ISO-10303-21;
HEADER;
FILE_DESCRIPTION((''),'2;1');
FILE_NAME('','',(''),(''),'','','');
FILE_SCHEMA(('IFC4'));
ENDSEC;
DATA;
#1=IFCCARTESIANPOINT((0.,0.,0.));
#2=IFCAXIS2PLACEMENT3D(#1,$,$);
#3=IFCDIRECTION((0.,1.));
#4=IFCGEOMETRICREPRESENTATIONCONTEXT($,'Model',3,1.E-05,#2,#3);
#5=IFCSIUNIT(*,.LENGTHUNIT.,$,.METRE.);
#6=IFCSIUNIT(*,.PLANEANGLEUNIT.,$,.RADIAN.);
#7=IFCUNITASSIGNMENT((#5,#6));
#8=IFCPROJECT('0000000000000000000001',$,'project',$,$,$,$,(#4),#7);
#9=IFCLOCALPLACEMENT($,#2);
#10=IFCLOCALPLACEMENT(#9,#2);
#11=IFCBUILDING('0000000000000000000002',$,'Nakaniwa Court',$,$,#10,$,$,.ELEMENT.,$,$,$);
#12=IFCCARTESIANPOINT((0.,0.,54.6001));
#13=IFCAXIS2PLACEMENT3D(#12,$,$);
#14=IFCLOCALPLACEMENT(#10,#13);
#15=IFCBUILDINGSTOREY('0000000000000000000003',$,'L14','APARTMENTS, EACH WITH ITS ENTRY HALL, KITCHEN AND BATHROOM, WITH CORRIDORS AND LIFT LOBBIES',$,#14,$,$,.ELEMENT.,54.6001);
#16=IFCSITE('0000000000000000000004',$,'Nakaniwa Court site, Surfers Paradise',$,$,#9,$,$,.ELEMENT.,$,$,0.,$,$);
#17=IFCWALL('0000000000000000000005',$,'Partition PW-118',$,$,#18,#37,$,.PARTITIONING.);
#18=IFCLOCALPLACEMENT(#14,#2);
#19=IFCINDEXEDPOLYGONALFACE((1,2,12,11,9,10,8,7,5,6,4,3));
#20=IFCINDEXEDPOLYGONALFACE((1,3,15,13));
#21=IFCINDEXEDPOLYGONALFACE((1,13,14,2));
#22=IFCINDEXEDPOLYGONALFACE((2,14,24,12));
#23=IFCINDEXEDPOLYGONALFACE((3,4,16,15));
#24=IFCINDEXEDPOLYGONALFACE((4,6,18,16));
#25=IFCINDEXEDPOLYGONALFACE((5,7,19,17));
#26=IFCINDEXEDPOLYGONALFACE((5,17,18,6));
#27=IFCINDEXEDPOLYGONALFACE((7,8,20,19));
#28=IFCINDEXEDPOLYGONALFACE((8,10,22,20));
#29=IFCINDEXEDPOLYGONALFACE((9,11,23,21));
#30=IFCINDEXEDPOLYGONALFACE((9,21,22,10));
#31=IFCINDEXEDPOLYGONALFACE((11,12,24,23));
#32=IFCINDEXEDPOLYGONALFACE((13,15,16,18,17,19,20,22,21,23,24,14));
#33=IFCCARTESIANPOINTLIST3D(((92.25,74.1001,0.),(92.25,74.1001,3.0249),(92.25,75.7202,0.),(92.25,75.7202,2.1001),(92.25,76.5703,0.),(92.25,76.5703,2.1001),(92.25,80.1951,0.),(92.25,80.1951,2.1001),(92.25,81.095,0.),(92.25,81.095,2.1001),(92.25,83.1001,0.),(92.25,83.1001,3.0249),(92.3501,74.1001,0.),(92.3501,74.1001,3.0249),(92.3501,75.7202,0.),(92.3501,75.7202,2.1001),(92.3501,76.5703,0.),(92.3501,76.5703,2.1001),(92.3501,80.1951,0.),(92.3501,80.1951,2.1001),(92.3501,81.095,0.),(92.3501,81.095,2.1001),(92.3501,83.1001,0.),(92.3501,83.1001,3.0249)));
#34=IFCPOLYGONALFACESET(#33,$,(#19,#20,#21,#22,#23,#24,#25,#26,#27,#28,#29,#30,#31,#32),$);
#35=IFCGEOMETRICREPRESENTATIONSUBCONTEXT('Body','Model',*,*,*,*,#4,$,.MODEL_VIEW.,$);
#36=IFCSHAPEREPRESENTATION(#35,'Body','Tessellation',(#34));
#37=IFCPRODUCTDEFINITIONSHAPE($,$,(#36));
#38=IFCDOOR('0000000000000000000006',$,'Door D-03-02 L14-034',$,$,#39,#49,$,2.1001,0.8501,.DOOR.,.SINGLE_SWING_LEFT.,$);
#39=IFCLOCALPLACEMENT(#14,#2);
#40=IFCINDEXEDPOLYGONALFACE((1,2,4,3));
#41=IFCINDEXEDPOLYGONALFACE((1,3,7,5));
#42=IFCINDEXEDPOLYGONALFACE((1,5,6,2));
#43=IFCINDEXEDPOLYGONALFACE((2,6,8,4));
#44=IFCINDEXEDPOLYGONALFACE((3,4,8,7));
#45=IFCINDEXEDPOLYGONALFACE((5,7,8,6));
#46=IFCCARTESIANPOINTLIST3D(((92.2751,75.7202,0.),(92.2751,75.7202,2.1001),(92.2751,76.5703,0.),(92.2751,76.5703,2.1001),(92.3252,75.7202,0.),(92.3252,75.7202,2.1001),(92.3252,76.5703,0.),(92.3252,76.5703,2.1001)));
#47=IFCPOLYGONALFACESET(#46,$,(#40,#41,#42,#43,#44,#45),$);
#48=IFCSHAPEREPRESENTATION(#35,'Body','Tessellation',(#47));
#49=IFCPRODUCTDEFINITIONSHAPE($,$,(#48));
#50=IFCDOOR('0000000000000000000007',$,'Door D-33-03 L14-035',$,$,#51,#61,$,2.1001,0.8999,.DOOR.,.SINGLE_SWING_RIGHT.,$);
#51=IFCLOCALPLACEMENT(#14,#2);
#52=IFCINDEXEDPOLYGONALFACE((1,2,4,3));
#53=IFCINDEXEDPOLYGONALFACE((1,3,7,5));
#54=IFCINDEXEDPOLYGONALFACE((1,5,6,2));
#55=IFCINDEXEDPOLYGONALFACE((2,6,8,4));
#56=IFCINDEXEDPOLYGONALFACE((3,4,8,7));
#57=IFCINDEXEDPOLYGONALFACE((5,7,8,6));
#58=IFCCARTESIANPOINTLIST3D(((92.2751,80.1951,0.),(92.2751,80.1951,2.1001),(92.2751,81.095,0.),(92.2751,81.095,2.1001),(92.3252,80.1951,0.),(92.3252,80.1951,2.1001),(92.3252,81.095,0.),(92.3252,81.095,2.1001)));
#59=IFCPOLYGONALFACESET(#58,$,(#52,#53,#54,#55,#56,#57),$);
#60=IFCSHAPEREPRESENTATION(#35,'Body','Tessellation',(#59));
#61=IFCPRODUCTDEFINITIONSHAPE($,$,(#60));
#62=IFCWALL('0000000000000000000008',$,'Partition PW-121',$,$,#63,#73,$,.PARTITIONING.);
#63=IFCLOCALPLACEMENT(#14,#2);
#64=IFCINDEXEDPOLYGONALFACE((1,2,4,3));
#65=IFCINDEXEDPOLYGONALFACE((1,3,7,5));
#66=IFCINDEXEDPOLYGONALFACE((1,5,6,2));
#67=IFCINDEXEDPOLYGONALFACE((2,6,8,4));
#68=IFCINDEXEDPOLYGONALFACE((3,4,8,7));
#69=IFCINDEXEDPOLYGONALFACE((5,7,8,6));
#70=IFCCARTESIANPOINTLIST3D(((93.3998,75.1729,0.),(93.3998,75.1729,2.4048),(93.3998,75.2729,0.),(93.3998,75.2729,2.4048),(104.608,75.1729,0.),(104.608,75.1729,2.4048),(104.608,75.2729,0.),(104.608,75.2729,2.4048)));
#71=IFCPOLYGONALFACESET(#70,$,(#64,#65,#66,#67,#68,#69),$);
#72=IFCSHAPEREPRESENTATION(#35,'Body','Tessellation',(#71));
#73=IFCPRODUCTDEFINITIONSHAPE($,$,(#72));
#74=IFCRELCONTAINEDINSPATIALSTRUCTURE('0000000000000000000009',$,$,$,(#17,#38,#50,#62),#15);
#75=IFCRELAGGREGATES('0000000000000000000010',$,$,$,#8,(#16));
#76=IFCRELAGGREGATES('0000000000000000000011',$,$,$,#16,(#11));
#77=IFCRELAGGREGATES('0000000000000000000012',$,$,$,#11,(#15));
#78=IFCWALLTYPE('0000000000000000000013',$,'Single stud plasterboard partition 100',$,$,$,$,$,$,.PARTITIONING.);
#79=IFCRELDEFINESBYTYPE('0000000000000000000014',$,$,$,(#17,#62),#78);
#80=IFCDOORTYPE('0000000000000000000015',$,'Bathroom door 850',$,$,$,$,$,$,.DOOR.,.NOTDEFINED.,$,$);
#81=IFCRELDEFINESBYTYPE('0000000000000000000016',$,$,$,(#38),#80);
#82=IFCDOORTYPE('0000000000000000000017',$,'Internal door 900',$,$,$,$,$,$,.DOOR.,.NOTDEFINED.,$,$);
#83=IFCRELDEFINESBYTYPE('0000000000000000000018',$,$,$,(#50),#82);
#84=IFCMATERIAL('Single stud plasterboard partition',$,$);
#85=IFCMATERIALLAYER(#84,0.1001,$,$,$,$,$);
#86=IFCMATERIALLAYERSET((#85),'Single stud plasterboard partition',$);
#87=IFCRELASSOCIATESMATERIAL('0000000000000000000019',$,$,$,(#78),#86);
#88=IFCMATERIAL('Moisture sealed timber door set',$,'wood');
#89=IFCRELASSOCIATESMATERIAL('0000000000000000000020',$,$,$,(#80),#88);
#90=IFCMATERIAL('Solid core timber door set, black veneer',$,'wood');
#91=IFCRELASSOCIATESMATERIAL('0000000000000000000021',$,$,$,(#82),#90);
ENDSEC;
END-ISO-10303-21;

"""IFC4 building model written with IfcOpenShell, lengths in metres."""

from ifc_helpers import new_model, si_unit, direction, frame, frame_2d, origin, place, context, subcontext, project, spatial, rectangle, extrude, material, layer, layer_set, type_object, element, fill, save


model = new_model("IFC4")

# Units and contexts
model_context = context("Model", 3, precision=1e-05, world=origin(), true_north=direction((0.0, 1.0)))
body_context = subcontext(model_context, "Body", "Model", "MODEL_VIEW")
ifc_project = project(units=[si_unit("LENGTHUNIT", "METRE"), si_unit("PLANEANGLEUNIT", "RADIAN")], contexts=[model_context])

# Site, building, storey
site_placement = place(None, origin())
site = spatial("IfcSite", under=ifc_project, at=site_placement, Name="Nakaniwa Court site, Surfers Paradise", CompositionType="ELEMENT", RefElevation=0.0)
building_placement = place(site_placement, origin())
building = spatial("IfcBuilding", under=site, at=building_placement, Name="Nakaniwa Court", CompositionType="ELEMENT")
storey_placement = place(building_placement, frame((0.0, 0.0, 54.6001)))
storey = spatial("IfcBuildingStorey", under=building, at=storey_placement, Name="L14", Description="APARTMENTS, EACH WITH ITS ENTRY HALL, KITCHEN AND BATHROOM, WITH CORRIDORS AND LIFT LOBBIES", CompositionType="ELEMENT", Elevation=54.6001)

# Shared definitions
ifc_material_1 = material(Name="Solid core timber door set, black veneer", Category="wood")

# Shared definitions
ifc_material_2 = material(Name="Single stud plasterboard partition")
ifc_layer_1 = layer(ifc_material_2, 0.1001)
ifc_layer_set_1 = layer_set([ifc_layer_1], Name="Single stud plasterboard partition")
wall_type_1 = type_object("IfcWallType", Name="Single stud plasterboard partition 100", PredefinedType="PARTITIONING", material=ifc_layer_set_1)
ifc_material_3 = material(Name="Moisture sealed timber door set", Category="wood")
door_type_1 = type_object("IfcDoorType", Name="Bathroom door 850", OperationType="NOTDEFINED", PredefinedType="DOOR", material=ifc_material_3)

# Wall, openings, doors
wall_1_placement = place(storey_placement, frame((92.3, 74.1001, 0.0), z_axis=(0.0, 0.0, 1.0), x_axis=(0.0, 1.0, 0.0)))
wall_1 = element("IfcWall", 1, at=wall_1_placement, inside=storey, type_object=wall_type_1, Name="Partition PW-118", PredefinedType="PARTITIONING", context=body_context, shape_type="SweptSolid", body=[
    extrude(rectangle(XDim=9.0, YDim=0.1001, at=frame_2d((4.5, 0.0))), origin(), (0.0, 0.0, 1.0), 3.0249),
])
opening_1_placement = place(wall_1_placement, frame((1.6201, 0.0, 0.0)))
opening_1 = element("IfcOpeningElement", 2, at=opening_1_placement, cuts=wall_1, PredefinedType="OPENING", context=body_context, shape_type="SweptSolid", body=[
    extrude(rectangle(XDim=0.8501, YDim=2.1001, at=frame_2d((0.425, 1.05))), frame((0.0, 0.0601, 0.0), z_axis=(0.0, -1.0, 0.0), x_axis=(1.0, 0.0, 0.0)), (0.0, 0.0, 1.0), 0.1201),
])
opening_2_placement = place(wall_1_placement, frame((6.095, 0.0, 0.0)))
opening_2 = element("IfcOpeningElement", 3, at=opening_2_placement, cuts=wall_1, PredefinedType="OPENING", context=body_context, shape_type="SweptSolid", body=[
    extrude(rectangle(XDim=0.8999, YDim=2.1001, at=frame_2d((0.45, 1.05))), frame((0.0, 0.0601, 0.0), z_axis=(0.0, -1.0, 0.0), x_axis=(1.0, 0.0, 0.0)), (0.0, 0.0, 1.0), 0.1201),
])
door_1_placement = place(opening_1_placement, origin())
door_1 = element("IfcDoor", 4, at=door_1_placement, inside=storey, type_object=door_type_1, Name="Door D-03-02 L14-034", OperationType="SINGLE_SWING_LEFT", OverallHeight=2.1001, OverallWidth=0.8501, PredefinedType="DOOR", context=body_context, shape_type="SweptSolid", body=[
    extrude(rectangle(XDim=0.8501, YDim=2.1001, at=frame_2d((0.425, 1.05))), frame((0.0, 0.0249, 0.0), z_axis=(0.0, -1.0, 0.0), x_axis=(1.0, 0.0, 0.0)), (0.0, 0.0, 1.0), 0.05),
])
fill(opening_1, door_1)
door_type_2 = type_object("IfcDoorType", Name="Internal door 900", OperationType="NOTDEFINED", PredefinedType="DOOR", material=ifc_material_1)
door_2_placement = place(opening_2_placement, origin())
door_2 = element("IfcDoor", 5, at=door_2_placement, inside=storey, type_object=door_type_2, Name="Door D-33-03 L14-035", OperationType="SINGLE_SWING_RIGHT", OverallHeight=2.1001, OverallWidth=0.8999, PredefinedType="DOOR", context=body_context, shape_type="SweptSolid", body=[
    extrude(rectangle(XDim=0.8999, YDim=2.1001, at=frame_2d((0.45, 1.05))), frame((0.0, 0.0249, 0.0), z_axis=(0.0, -1.0, 0.0), x_axis=(1.0, 0.0, 0.0)), (0.0, 0.0, 1.0), 0.05),
])
fill(opening_2, door_2)

# Wall
wall_2_placement = place(storey_placement, frame((93.3999, 75.2229, 0.0), z_axis=(0.0, 0.0, 1.0), x_axis=(1.0, 0.0, 0.0)))
element("IfcWall", 6, at=wall_2_placement, inside=storey, type_object=wall_type_1, Name="Partition PW-121", PredefinedType="PARTITIONING", context=body_context, shape_type="SweptSolid", body=[
    extrude(rectangle(XDim=11.2083, YDim=0.1001, at=frame_2d((5.604, 0.0))), origin(), (0.0, 0.0, 1.0), 2.4048),
])

save(model, "model.ifc")
